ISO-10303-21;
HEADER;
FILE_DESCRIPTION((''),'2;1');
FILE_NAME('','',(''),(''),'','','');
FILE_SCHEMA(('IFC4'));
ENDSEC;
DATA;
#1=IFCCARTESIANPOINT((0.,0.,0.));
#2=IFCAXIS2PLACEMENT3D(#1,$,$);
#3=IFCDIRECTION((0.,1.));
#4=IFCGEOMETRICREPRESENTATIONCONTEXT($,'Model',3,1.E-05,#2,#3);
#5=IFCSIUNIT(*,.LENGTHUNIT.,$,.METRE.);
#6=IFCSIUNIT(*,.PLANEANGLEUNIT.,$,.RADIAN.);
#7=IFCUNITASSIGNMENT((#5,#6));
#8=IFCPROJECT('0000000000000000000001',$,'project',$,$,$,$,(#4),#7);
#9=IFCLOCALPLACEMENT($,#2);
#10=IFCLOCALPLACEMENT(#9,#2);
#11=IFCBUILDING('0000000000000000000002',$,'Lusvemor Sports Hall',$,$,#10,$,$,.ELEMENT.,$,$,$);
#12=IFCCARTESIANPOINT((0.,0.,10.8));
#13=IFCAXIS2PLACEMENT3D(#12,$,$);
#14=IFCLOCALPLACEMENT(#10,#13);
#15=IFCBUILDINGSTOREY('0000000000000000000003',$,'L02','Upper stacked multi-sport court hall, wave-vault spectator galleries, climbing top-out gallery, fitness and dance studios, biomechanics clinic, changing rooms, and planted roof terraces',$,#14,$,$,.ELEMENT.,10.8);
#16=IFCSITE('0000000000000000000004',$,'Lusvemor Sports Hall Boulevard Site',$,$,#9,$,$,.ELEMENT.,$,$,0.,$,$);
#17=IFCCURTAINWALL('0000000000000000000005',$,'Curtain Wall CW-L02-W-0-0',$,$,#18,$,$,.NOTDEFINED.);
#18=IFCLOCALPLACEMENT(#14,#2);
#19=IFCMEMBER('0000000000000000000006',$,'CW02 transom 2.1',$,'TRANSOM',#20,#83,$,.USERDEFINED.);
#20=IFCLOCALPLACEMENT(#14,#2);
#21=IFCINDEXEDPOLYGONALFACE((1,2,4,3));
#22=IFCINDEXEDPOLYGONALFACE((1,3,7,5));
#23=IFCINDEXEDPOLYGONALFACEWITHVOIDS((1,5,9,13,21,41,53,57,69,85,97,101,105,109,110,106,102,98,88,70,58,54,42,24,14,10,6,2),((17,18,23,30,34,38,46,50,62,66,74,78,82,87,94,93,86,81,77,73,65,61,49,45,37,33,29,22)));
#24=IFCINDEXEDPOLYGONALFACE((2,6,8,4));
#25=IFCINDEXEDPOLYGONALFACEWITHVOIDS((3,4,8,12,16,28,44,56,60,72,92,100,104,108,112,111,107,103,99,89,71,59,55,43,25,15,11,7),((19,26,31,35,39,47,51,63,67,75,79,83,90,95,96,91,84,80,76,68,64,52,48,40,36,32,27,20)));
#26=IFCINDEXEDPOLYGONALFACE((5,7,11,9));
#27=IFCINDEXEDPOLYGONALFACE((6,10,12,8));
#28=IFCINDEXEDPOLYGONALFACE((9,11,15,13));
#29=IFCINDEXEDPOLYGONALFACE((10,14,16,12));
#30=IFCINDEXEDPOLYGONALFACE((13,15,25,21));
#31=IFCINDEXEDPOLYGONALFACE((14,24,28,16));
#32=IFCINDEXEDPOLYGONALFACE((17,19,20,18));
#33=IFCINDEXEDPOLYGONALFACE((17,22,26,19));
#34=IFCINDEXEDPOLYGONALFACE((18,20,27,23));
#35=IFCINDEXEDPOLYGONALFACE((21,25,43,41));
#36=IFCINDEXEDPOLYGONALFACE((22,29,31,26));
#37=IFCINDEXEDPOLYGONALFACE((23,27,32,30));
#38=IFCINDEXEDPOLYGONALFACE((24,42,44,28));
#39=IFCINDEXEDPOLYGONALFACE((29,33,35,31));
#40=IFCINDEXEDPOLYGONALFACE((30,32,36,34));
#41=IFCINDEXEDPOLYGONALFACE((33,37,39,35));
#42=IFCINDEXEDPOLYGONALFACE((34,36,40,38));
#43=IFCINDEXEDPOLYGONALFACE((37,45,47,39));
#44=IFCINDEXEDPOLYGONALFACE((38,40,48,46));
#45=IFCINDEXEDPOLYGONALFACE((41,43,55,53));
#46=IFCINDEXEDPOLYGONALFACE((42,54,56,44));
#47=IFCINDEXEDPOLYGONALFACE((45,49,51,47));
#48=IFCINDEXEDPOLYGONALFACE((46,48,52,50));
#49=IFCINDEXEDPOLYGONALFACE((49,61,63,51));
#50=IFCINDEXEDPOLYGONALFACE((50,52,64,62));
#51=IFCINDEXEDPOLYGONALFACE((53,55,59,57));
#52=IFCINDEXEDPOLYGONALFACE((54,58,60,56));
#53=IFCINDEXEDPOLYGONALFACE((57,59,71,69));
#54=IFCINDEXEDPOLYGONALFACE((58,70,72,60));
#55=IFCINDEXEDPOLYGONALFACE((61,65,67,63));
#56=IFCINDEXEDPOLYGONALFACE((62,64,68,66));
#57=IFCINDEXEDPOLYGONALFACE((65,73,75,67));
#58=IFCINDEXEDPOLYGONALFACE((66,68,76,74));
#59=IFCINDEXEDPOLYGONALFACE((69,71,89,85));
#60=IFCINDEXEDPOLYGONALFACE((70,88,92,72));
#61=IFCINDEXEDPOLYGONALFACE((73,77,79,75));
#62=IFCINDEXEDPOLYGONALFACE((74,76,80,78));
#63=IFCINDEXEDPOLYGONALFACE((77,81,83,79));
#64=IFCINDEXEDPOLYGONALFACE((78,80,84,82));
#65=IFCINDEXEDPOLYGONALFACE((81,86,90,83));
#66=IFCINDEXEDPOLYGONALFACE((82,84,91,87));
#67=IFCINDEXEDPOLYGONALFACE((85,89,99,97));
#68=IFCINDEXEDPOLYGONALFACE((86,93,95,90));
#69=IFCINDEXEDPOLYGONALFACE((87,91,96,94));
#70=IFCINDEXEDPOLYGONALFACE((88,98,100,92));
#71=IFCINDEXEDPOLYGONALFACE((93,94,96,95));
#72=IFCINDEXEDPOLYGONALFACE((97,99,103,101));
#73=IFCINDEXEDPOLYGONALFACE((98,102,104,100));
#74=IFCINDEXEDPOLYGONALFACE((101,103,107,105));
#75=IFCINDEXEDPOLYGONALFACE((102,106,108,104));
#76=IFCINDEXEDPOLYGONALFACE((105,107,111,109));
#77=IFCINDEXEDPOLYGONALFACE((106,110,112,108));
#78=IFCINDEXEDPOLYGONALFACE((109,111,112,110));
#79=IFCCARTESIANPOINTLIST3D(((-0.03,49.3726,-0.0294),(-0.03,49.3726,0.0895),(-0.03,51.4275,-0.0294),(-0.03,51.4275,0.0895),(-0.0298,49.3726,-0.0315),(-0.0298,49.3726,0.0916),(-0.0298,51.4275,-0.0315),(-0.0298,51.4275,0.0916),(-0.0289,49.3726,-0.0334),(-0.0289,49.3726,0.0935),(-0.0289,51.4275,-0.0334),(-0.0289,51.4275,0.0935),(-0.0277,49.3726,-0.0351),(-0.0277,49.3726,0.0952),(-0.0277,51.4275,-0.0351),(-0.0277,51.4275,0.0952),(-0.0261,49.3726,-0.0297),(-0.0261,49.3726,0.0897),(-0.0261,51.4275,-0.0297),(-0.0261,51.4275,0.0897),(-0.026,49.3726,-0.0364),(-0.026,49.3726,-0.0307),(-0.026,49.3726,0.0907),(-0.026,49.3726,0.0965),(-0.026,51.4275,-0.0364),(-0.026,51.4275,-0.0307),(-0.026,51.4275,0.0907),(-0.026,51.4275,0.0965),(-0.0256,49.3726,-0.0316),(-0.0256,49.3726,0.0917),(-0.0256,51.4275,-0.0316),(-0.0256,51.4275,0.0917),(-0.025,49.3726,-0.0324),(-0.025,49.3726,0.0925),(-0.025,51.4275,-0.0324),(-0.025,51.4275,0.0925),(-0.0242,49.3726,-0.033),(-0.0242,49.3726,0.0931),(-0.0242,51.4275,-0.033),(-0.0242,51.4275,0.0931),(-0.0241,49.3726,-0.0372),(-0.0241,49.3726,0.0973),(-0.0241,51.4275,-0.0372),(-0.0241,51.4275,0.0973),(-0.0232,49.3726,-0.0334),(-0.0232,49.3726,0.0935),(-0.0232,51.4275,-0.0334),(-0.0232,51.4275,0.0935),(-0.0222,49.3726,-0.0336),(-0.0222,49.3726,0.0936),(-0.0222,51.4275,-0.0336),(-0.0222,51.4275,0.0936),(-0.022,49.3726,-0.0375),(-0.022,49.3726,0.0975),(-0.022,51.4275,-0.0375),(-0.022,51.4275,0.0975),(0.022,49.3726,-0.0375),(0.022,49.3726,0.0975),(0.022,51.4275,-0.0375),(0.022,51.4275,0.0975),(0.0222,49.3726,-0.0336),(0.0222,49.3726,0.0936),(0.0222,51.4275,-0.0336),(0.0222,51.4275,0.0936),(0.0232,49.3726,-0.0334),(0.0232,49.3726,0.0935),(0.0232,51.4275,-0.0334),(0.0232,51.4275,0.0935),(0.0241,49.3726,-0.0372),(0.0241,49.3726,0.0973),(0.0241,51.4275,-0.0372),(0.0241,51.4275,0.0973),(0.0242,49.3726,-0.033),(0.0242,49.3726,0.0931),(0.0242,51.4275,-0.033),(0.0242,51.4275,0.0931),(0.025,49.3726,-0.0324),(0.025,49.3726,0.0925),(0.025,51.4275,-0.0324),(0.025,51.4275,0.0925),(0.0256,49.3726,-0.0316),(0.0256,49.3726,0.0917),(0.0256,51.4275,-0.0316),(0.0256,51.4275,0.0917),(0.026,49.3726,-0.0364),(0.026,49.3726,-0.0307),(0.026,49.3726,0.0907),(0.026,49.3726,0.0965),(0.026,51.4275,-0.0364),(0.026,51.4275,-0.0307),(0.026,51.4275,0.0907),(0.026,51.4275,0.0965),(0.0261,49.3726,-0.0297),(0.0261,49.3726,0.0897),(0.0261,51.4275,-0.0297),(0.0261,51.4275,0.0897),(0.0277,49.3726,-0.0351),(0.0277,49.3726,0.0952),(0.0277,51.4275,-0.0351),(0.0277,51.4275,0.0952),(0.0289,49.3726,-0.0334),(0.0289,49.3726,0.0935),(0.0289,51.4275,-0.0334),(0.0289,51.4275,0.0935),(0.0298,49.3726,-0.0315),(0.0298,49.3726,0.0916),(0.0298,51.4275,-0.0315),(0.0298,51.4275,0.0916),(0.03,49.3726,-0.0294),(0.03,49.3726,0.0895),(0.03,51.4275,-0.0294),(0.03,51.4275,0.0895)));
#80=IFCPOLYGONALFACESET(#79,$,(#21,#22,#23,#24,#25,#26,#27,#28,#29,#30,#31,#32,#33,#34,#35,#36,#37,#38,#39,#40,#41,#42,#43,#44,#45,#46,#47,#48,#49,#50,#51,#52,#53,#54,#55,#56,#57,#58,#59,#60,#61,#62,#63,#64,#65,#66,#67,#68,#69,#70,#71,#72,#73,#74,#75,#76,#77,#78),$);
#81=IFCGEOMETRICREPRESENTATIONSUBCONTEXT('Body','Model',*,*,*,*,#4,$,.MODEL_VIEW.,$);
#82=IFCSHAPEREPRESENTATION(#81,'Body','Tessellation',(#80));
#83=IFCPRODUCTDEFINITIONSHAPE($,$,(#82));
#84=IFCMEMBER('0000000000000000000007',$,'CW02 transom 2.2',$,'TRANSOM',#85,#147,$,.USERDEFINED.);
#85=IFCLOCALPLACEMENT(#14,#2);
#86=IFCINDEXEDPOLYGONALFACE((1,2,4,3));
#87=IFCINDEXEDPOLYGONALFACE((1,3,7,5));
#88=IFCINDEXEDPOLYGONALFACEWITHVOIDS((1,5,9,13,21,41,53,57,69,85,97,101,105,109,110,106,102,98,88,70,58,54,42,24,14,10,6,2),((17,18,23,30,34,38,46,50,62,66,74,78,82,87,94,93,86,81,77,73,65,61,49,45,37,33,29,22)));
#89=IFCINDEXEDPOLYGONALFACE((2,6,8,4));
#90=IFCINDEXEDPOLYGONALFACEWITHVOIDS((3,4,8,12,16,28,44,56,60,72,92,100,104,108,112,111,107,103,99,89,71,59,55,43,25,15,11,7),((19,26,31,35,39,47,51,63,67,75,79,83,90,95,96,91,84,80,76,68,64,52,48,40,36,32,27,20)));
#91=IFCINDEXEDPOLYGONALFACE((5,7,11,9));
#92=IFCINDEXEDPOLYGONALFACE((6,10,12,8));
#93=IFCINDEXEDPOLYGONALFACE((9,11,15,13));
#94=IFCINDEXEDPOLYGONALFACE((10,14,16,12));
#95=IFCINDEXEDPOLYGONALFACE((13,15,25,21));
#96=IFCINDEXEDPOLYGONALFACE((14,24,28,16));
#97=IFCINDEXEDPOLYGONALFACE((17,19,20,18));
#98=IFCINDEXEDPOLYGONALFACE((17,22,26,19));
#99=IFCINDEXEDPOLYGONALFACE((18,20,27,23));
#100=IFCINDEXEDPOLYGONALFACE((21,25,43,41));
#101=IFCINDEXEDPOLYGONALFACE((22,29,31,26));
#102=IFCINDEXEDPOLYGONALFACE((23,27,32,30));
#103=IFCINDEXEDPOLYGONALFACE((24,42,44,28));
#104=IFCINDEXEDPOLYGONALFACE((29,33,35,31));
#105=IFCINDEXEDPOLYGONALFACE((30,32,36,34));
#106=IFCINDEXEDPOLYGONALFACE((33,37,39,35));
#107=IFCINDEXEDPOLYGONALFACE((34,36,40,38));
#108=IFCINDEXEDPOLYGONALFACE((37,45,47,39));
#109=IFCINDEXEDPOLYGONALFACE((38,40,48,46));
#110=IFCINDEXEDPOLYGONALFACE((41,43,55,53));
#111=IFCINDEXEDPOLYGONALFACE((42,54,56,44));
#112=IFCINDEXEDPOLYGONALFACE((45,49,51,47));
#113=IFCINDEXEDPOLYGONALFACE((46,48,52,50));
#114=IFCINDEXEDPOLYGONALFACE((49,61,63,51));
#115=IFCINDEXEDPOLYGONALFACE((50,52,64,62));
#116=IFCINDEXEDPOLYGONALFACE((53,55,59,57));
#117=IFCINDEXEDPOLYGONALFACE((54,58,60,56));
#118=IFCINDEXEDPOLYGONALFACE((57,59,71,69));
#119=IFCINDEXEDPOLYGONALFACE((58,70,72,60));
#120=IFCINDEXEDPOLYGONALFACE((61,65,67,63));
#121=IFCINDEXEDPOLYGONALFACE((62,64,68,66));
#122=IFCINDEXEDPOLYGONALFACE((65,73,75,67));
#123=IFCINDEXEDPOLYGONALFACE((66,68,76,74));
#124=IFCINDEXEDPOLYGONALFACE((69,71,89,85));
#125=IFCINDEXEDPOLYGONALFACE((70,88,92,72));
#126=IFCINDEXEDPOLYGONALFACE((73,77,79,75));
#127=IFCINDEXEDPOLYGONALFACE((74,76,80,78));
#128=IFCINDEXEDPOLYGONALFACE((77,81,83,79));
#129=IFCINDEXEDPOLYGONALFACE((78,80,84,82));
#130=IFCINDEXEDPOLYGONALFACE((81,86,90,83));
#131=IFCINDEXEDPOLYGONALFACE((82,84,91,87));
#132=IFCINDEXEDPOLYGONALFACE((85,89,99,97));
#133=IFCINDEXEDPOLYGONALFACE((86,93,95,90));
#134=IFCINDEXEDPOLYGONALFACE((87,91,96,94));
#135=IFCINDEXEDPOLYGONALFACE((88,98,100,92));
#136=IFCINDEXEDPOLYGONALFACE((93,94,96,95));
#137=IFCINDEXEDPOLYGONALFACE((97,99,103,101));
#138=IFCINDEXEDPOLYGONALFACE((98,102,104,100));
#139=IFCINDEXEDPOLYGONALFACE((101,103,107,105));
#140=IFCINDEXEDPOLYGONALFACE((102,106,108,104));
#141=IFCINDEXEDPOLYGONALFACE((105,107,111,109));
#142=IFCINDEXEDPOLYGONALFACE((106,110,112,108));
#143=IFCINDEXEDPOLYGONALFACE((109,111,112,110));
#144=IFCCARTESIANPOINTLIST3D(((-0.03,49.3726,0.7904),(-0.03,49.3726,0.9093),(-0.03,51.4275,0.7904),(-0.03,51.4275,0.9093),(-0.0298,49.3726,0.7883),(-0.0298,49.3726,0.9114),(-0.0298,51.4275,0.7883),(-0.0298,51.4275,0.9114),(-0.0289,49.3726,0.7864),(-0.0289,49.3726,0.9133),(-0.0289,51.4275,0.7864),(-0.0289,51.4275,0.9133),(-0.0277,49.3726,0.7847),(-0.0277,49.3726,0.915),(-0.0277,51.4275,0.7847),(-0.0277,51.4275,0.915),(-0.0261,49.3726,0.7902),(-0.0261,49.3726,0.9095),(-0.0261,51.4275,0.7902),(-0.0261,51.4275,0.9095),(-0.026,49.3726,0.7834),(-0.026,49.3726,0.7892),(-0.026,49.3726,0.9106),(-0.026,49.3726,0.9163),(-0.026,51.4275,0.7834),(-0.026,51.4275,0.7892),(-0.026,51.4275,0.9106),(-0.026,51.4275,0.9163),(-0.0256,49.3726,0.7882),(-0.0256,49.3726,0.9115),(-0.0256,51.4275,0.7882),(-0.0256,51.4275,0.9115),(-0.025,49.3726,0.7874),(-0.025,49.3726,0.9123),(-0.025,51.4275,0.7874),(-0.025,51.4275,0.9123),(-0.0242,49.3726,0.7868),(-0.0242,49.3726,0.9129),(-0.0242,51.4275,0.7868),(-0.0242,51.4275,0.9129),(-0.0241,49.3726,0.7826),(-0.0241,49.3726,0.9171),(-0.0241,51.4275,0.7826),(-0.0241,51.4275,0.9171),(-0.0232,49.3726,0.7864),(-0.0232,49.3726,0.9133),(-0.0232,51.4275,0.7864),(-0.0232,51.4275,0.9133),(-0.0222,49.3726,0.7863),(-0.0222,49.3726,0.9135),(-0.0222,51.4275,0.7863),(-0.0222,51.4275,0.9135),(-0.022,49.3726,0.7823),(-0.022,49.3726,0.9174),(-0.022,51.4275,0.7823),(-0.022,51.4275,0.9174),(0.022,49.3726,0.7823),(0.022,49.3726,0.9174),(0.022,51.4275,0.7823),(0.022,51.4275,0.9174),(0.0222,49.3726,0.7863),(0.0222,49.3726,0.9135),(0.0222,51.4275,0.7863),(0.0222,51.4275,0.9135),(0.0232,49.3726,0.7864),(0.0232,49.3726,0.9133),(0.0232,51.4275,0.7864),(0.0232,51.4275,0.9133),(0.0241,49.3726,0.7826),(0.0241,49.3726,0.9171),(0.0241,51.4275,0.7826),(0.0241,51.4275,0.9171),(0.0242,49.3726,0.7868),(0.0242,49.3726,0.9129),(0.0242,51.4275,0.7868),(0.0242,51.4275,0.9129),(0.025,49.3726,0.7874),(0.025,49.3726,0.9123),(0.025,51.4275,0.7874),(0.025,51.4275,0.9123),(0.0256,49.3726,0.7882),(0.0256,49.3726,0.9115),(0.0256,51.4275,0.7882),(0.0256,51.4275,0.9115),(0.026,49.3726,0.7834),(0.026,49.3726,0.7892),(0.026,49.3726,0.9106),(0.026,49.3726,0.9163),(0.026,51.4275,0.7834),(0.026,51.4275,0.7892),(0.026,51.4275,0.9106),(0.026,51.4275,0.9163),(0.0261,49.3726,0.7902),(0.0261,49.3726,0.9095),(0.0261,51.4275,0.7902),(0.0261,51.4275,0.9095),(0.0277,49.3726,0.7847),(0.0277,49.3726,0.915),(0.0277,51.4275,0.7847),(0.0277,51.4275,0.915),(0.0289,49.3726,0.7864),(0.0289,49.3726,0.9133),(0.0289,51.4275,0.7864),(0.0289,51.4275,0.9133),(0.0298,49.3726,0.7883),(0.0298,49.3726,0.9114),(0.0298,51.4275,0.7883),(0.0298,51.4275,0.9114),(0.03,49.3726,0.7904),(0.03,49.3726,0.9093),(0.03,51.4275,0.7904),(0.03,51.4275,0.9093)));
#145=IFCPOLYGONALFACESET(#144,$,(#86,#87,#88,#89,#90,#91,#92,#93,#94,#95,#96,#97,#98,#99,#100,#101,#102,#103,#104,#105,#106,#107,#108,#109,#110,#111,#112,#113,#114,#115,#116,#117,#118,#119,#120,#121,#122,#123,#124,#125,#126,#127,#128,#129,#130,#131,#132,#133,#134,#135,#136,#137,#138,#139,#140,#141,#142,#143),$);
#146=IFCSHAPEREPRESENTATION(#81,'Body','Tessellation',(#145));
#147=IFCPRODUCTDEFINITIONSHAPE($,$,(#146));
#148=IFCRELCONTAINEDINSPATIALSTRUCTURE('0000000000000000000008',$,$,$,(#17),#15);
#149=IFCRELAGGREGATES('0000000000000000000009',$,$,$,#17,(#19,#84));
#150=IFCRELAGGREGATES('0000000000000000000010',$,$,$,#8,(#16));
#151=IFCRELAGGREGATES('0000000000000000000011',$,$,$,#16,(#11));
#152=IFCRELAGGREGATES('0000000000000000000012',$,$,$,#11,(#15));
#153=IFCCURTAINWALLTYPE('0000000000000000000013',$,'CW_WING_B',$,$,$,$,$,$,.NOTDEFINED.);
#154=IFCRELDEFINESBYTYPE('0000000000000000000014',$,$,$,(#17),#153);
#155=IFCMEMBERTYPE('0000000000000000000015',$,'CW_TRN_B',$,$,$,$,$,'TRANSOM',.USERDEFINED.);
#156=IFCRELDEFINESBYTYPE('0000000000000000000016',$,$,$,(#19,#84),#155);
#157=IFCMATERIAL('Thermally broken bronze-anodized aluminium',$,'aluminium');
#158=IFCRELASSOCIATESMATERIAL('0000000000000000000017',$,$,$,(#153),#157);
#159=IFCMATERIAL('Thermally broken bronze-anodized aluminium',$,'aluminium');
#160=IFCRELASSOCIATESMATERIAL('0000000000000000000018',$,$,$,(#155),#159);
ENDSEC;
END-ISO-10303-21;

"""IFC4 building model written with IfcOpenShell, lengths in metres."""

from ifc_helpers import new_model, si_unit, direction, frame, origin, origin_2d, place, context, subcontext, project, spatial, hollow_rectangle, extrude, material, material_profile, profile_set, type_object, element, aggregate, save


model = new_model("IFC4")

# Units and contexts
model_context = context("Model", 3, precision=1e-05, world=origin(), true_north=direction((0.0, 1.0)))
body_context = subcontext(model_context, "Body", "Model", "MODEL_VIEW")
ifc_project = project(units=[si_unit("LENGTHUNIT", "METRE"), si_unit("PLANEANGLEUNIT", "RADIAN")], contexts=[model_context])

# Site, building, storey
site_placement = place(None, origin())
site = spatial("IfcSite", under=ifc_project, at=site_placement, Name="Lusvemor Sports Hall Boulevard Site", CompositionType="ELEMENT", RefElevation=0.0)
building_placement = place(site_placement, origin())
building = spatial("IfcBuilding", under=site, at=building_placement, Name="Lusvemor Sports Hall", CompositionType="ELEMENT")
storey_placement = place(building_placement, frame((0.0, 0.0, 10.8)))
storey = spatial("IfcBuildingStorey", under=building, at=storey_placement, Name="L02", Description="Upper stacked multi-sport court hall, wave-vault spectator galleries, climbing top-out gallery, fitness and dance studios, biomechanics clinic, changing rooms, and planted roof terraces", CompositionType="ELEMENT", Elevation=10.8)

# Curtain wall, members
ifc_material_1 = material(Name="Thermally broken bronze-anodized aluminium", Category="aluminium")
curtain_wall_type = type_object("IfcCurtainWallType", Name="CW_WING_B", PredefinedType="NOTDEFINED", material=ifc_material_1)
curtain_wall_placement = place(storey_placement, origin())
curtain_wall = element("IfcCurtainWall", 1, at=curtain_wall_placement, inside=storey, type_object=curtain_wall_type, Name="Curtain Wall CW-L02-W-0-0", PredefinedType="NOTDEFINED")
ifc_material_2 = material(Name="Thermally broken bronze-anodized aluminium", Category="aluminium")
ifc_material_profile_1 = material_profile(ifc_material_2, hollow_rectangle(XDim=0.0601, YDim=0.135, WallThickness=0.0039, InnerFilletRadius=0.0039, OuterFilletRadius=0.0081, at=origin_2d()), Name="CWTRN135x60x4")
ifc_profile_set_1 = profile_set([ifc_material_profile_1], Name="Thermally broken bronze-anodized aluminium")
member_type_1 = type_object("IfcMemberType", Name="CW_TRN_B", ElementType="TRANSOM", PredefinedType="USERDEFINED", material=ifc_profile_set_1)
member_1_placement = place(storey_placement, frame((0.0, 49.3726, 0.03), z_axis=(0.0, 1.0, 0.0), x_axis=(-1.0, 0.0, 0.0)))
member_1 = element("IfcMember", 2, at=member_1_placement, type_object=member_type_1, Name="CW02 transom 2.1", ObjectType="TRANSOM", PredefinedType="USERDEFINED", context=body_context, shape_type="SweptSolid", body=[
    extrude(hollow_rectangle(XDim=0.0601, YDim=0.135, WallThickness=0.0039, InnerFilletRadius=0.0039, OuterFilletRadius=0.0081, at=origin_2d()), origin(), (0.0, 0.0, 1.0), 2.0549),
])
member_2_placement = place(storey_placement, frame((0.0, 49.3726, 0.8499), z_axis=(0.0, 1.0, 0.0), x_axis=(-1.0, 0.0, 0.0)))
member_2 = element("IfcMember", 3, at=member_2_placement, type_object=member_type_1, Name="CW02 transom 2.2", ObjectType="TRANSOM", PredefinedType="USERDEFINED", context=body_context, shape_type="SweptSolid", body=[
    extrude(hollow_rectangle(XDim=0.0601, YDim=0.135, WallThickness=0.0039, InnerFilletRadius=0.0039, OuterFilletRadius=0.0081, at=origin_2d()), origin(), (0.0, 0.0, 1.0), 2.0549),
])

aggregate(curtain_wall, [member_1, member_2])

save(model, "model.ifc")
